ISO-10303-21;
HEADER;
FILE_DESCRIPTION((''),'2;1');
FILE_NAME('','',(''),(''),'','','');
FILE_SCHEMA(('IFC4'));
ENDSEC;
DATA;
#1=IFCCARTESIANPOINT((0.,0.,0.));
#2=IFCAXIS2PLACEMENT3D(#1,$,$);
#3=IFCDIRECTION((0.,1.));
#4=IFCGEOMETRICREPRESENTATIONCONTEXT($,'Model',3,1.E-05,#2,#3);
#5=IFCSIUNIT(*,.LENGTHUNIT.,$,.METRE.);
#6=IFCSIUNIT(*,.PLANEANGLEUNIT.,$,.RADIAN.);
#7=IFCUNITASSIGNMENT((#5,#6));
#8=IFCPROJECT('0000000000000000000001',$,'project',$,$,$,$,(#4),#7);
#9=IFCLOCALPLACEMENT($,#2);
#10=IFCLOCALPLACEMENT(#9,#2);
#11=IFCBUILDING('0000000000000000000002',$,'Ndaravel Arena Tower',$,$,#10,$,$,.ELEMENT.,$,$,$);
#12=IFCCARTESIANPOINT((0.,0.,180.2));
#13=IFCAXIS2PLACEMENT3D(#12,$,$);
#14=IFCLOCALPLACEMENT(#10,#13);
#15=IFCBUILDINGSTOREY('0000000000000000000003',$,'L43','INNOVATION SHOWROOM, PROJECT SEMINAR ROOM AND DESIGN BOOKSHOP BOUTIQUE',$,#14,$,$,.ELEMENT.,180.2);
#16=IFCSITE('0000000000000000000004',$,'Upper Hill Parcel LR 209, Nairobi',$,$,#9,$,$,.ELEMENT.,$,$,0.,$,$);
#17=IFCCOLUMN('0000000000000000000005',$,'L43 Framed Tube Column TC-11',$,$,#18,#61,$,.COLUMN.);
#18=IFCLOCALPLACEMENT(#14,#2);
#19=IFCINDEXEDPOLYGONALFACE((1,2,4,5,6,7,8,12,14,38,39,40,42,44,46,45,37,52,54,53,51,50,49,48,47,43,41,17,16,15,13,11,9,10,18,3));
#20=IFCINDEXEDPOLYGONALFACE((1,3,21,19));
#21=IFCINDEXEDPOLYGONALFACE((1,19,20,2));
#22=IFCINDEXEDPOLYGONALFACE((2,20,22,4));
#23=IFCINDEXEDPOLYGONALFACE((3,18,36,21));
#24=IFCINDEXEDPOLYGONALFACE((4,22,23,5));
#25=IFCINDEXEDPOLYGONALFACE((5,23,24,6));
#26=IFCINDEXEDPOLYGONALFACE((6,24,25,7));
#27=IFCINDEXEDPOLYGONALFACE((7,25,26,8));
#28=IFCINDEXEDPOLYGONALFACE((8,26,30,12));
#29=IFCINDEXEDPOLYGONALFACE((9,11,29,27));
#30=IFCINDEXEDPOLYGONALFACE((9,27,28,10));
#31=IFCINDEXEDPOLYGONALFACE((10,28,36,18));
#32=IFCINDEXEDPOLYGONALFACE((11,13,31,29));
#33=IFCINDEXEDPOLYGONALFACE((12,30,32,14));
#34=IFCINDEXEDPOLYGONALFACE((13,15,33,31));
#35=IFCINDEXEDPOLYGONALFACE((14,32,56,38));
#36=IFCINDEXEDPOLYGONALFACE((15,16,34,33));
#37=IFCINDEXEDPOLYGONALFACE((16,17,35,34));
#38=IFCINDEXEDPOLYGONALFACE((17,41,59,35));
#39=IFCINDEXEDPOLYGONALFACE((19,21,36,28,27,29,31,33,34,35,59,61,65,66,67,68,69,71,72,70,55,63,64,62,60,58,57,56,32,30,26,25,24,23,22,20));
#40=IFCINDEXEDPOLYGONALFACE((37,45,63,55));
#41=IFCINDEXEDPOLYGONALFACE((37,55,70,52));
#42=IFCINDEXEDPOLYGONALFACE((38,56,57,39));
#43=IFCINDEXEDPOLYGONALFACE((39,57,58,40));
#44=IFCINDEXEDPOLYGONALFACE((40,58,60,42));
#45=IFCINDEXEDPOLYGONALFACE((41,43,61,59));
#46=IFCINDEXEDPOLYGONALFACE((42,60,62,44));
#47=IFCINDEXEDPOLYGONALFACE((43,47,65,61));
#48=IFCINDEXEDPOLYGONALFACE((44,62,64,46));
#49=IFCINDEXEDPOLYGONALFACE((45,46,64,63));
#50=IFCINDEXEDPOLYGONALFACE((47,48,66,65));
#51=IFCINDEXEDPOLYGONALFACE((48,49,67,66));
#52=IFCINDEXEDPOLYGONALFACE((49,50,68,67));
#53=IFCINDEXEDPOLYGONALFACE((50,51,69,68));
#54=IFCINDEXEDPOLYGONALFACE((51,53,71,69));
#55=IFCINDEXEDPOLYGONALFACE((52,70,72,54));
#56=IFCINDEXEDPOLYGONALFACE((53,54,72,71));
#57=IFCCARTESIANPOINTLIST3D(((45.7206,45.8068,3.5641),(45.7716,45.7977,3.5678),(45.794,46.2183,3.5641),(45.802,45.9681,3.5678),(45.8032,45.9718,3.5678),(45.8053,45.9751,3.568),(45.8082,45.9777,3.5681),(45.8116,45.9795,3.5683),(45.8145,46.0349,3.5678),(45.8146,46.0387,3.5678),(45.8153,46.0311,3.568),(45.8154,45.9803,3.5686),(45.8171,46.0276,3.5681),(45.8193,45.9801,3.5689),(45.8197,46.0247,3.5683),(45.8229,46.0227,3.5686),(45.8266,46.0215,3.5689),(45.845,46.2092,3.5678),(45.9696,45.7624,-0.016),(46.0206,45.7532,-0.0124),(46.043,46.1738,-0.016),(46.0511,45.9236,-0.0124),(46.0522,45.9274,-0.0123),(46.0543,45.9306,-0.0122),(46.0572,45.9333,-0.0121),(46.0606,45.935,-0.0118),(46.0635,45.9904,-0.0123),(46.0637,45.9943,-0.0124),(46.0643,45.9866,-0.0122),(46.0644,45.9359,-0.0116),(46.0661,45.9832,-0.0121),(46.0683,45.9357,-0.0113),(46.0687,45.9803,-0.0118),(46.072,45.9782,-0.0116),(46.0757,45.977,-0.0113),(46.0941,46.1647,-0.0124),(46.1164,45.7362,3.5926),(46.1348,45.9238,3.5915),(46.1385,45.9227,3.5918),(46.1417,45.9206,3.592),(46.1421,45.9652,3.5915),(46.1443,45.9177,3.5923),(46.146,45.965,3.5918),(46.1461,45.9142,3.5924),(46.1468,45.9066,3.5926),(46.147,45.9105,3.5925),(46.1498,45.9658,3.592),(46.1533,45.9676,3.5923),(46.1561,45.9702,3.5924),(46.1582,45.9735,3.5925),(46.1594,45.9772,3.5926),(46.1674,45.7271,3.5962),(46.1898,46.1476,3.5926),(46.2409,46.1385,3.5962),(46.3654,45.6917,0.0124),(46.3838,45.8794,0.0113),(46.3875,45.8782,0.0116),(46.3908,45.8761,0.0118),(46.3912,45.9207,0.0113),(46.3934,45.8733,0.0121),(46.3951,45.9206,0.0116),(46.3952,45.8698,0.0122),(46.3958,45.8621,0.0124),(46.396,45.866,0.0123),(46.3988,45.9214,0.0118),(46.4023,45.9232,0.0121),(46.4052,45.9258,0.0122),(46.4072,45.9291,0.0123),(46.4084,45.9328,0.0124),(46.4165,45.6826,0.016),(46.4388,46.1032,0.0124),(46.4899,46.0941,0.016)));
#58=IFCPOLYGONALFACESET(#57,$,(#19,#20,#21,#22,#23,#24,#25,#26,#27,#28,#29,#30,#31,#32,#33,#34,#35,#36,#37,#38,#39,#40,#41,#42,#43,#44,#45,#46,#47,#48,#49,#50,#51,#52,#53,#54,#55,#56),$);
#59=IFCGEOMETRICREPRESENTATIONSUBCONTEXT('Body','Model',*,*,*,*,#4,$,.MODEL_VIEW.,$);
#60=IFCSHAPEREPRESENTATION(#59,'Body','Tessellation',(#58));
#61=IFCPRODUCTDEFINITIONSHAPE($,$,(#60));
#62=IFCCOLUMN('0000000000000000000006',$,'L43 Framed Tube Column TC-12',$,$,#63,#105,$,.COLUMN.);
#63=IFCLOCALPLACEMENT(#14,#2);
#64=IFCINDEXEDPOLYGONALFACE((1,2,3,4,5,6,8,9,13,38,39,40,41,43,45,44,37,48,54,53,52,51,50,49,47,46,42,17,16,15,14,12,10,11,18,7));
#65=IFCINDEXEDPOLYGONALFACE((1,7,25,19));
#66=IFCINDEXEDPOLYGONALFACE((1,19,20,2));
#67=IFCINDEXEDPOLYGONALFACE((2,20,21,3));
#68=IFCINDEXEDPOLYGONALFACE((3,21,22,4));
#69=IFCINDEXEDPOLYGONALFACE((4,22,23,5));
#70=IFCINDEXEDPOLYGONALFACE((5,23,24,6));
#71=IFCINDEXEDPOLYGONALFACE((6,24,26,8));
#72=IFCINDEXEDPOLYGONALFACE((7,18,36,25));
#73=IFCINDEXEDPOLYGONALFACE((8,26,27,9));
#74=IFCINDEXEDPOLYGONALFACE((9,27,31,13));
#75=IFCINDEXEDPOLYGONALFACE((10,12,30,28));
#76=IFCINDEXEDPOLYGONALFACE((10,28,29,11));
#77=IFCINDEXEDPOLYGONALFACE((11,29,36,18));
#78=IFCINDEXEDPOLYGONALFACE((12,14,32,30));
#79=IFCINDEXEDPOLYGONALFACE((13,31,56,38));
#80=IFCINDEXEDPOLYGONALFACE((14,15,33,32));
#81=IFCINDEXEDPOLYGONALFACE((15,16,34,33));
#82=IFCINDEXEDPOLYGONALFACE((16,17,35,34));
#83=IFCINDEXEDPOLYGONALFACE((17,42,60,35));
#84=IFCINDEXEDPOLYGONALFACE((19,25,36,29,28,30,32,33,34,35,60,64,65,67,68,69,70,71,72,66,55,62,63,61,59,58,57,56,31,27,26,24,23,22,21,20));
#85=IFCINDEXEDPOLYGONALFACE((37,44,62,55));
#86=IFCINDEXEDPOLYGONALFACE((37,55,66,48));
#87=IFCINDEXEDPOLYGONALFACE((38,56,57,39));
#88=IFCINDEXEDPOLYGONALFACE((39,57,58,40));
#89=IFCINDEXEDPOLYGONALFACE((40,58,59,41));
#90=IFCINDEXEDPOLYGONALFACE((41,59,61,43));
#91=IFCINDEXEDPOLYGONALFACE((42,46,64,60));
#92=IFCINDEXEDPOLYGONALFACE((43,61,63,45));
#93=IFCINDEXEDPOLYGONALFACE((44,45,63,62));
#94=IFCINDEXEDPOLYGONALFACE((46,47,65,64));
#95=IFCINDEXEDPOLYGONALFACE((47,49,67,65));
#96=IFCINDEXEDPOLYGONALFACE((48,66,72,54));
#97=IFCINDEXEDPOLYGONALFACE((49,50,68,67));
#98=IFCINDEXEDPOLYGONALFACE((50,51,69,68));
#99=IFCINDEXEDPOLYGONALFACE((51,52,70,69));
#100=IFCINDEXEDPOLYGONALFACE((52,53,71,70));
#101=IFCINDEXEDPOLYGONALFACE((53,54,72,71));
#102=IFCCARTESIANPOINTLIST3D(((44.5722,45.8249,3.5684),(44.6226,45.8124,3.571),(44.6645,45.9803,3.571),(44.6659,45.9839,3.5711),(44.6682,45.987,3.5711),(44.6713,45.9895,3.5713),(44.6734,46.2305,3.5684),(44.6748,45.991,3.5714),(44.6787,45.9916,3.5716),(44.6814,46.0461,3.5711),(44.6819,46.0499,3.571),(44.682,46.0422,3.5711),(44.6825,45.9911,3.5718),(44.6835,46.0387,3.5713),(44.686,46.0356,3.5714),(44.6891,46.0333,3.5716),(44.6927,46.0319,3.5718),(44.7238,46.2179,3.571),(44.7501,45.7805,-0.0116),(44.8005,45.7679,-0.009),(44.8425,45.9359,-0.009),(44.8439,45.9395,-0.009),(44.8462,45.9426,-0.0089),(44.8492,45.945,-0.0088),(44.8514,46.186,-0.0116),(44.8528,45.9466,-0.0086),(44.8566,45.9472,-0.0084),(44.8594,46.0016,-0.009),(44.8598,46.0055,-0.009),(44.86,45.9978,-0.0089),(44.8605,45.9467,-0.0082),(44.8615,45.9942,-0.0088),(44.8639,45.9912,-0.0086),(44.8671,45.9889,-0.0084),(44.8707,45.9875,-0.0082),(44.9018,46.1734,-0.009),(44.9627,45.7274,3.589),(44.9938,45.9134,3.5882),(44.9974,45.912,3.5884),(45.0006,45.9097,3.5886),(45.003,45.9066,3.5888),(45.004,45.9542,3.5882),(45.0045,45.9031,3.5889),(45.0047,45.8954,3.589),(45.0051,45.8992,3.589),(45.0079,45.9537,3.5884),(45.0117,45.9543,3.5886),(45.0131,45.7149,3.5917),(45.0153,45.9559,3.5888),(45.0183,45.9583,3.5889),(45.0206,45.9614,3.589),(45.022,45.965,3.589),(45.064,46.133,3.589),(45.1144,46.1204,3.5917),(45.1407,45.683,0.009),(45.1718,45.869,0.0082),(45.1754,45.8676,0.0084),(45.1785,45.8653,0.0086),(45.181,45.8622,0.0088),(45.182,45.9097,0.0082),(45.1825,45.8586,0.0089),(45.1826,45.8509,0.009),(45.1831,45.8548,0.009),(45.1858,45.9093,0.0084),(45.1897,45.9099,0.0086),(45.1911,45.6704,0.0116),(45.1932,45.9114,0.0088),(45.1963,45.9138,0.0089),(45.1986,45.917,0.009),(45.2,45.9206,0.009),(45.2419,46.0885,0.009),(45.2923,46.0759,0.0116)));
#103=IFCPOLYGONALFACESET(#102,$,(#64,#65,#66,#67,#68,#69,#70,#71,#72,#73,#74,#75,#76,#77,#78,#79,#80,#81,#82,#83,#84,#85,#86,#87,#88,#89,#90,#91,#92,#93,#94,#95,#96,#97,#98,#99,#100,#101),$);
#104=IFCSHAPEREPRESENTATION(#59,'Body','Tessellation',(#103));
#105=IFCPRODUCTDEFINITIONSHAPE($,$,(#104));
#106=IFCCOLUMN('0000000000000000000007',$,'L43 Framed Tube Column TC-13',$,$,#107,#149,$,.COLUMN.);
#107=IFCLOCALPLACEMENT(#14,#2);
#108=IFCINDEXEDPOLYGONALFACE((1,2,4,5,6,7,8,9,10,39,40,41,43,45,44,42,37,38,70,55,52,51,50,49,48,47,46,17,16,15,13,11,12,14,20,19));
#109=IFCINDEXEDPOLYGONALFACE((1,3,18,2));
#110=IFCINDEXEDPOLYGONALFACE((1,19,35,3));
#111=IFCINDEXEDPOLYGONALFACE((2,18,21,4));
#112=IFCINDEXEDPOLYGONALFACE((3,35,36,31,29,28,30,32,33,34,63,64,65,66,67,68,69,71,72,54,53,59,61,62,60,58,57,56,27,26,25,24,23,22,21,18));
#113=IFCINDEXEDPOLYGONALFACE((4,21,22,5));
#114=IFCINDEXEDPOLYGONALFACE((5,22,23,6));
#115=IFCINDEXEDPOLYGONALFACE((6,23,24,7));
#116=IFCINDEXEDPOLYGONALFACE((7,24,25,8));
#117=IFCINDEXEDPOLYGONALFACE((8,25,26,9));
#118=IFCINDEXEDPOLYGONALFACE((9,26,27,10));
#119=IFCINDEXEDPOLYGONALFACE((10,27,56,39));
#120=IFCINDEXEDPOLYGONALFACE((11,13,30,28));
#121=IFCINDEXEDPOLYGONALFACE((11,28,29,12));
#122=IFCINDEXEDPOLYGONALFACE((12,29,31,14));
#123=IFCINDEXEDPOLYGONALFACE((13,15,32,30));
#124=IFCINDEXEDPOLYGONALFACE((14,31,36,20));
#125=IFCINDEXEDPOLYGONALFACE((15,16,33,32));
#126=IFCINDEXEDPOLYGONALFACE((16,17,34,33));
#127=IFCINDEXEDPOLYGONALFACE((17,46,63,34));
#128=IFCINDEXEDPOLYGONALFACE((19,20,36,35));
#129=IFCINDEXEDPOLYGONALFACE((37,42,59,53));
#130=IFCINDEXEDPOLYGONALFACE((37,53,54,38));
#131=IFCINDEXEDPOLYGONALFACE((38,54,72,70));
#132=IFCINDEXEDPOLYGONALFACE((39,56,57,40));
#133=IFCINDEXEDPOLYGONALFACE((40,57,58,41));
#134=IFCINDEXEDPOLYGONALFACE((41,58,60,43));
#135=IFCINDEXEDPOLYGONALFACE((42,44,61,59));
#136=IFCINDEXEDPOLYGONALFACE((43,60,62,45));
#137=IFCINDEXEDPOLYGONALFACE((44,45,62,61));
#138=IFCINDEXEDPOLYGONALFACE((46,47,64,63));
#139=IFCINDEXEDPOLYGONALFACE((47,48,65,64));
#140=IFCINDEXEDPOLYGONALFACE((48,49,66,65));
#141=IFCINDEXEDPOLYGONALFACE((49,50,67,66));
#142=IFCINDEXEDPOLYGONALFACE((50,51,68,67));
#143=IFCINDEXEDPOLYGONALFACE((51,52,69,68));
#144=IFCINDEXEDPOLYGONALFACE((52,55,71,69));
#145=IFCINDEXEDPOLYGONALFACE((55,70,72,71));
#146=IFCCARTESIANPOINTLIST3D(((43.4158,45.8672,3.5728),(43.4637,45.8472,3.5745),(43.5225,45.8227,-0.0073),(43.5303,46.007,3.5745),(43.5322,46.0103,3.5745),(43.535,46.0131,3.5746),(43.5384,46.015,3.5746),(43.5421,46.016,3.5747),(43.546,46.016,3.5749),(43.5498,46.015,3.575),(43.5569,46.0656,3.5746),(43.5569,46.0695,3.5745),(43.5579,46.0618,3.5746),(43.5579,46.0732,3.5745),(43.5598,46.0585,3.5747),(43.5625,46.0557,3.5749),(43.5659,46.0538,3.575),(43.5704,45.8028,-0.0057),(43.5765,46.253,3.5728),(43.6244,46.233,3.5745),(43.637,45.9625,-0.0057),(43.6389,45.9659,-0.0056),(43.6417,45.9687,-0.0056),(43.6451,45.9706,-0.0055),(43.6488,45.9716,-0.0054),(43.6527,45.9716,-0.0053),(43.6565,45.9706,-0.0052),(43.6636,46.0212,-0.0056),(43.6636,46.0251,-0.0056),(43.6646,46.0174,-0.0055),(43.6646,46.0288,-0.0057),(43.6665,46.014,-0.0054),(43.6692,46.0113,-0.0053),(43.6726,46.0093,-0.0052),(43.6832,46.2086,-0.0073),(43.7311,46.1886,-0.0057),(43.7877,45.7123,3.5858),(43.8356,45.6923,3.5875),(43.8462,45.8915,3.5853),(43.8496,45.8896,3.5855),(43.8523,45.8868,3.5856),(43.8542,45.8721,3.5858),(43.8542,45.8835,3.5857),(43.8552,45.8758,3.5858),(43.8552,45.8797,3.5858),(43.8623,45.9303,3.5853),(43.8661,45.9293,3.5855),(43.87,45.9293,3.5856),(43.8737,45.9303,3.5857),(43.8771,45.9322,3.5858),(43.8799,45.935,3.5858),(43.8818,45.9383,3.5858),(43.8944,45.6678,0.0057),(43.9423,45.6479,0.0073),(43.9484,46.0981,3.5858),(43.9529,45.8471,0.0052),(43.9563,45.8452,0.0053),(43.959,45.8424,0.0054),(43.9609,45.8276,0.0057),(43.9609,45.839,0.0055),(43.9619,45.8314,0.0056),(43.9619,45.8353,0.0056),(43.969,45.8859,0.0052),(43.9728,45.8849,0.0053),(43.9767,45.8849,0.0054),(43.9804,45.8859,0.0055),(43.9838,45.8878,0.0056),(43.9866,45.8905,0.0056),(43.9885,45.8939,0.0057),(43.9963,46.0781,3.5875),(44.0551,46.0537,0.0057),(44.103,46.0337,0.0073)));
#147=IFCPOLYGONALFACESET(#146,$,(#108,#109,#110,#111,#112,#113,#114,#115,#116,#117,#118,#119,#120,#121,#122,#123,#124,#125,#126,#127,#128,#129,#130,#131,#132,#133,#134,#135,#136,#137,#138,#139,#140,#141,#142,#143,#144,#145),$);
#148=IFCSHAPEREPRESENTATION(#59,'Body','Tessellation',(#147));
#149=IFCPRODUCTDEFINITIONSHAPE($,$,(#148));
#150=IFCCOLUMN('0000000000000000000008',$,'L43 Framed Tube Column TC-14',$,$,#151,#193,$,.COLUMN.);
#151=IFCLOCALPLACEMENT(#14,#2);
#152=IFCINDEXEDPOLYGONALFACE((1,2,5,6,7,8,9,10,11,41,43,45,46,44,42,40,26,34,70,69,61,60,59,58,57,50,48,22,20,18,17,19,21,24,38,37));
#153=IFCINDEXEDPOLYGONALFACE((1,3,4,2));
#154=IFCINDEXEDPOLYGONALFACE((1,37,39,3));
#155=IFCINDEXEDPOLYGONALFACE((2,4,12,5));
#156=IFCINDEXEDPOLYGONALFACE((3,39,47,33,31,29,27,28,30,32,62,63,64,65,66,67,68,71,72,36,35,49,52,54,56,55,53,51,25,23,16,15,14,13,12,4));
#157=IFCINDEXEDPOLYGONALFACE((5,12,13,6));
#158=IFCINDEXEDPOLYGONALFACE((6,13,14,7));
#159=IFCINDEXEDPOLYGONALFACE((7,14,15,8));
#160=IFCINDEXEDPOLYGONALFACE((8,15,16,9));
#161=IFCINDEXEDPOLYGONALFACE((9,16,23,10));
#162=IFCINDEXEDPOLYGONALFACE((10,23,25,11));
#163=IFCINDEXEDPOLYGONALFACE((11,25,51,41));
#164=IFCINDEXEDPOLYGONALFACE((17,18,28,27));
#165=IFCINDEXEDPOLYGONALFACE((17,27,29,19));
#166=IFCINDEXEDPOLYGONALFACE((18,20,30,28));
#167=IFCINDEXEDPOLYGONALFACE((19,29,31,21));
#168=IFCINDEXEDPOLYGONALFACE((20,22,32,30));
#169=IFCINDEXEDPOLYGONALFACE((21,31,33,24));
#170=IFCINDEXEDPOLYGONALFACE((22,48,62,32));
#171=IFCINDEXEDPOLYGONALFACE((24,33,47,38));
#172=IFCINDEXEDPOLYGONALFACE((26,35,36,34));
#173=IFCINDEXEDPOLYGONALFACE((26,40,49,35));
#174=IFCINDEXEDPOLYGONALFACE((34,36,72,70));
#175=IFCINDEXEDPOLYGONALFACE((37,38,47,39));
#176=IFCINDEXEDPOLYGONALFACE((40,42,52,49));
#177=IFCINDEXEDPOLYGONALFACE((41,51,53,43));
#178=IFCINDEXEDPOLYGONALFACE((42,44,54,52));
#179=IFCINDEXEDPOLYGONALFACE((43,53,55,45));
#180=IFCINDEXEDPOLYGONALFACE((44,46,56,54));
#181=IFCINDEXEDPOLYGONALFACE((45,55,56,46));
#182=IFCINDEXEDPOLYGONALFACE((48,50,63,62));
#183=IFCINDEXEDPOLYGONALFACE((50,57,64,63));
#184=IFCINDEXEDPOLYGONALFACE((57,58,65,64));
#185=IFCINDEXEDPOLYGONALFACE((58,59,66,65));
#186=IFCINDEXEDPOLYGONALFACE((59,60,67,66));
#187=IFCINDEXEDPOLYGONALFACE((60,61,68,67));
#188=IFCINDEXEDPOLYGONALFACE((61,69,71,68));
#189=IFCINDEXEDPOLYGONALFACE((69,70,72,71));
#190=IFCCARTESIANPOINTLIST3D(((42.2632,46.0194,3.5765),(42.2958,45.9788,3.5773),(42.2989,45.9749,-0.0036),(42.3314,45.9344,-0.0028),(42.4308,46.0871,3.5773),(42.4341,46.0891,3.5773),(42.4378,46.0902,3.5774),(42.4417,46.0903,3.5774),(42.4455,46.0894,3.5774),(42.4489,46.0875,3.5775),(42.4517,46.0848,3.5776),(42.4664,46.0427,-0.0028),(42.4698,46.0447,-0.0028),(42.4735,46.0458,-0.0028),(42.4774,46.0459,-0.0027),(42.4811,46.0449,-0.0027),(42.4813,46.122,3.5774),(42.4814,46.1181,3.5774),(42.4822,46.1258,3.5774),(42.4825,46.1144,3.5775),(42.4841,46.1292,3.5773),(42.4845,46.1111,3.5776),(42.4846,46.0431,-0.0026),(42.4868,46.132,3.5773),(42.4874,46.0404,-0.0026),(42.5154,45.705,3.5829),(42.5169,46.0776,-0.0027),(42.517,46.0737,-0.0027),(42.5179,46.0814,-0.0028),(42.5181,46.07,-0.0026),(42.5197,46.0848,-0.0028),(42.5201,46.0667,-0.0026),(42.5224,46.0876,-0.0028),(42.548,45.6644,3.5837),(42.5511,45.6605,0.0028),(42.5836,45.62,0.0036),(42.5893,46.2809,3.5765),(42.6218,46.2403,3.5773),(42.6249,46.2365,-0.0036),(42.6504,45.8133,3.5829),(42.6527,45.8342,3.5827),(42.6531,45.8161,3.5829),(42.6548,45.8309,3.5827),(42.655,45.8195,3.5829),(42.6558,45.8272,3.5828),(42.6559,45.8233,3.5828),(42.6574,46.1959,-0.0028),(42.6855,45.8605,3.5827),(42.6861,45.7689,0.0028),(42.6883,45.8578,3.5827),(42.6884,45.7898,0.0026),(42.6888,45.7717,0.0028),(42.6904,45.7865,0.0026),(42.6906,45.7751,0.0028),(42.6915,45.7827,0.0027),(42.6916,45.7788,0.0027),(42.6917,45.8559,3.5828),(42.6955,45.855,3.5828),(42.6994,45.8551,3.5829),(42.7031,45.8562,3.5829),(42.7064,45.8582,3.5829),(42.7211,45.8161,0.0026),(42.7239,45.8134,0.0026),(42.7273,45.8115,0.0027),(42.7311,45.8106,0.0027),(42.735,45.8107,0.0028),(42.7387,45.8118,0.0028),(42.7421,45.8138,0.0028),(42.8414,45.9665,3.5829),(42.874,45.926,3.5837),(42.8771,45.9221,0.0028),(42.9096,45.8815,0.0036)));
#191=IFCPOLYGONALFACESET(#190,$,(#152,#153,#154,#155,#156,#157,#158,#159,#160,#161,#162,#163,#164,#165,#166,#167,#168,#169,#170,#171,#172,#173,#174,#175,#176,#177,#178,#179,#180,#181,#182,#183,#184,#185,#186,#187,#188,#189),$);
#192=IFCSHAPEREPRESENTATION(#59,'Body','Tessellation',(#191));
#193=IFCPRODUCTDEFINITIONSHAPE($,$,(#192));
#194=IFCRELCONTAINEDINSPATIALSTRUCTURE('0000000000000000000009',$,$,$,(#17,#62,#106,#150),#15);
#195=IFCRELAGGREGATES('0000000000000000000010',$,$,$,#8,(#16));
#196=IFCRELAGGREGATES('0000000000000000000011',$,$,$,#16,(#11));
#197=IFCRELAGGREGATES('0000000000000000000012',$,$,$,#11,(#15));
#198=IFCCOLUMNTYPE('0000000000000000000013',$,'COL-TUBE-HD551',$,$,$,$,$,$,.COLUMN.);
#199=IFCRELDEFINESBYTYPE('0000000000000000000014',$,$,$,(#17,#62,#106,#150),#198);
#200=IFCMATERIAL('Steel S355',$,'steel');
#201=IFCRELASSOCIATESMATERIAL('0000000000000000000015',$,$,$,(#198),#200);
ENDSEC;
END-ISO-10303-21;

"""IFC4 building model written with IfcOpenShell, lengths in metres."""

from ifc_helpers import new_model, si_unit, direction, frame, origin, origin_2d, place, context, subcontext, project, spatial, i_section, extrude, material, material_profile, profile_set, type_object, element, save


model = new_model("IFC4")

# Units and contexts
model_context = context("Model", 3, precision=1e-05, world=origin(), true_north=direction((0.0, 1.0)))
body_context = subcontext(model_context, "Body", "Model", "MODEL_VIEW")
ifc_project = project(units=[si_unit("LENGTHUNIT", "METRE"), si_unit("PLANEANGLEUNIT", "RADIAN")], contexts=[model_context])

# Site, building, storey
site_placement = place(None, origin())
site = spatial("IfcSite", under=ifc_project, at=site_placement, Name="Upper Hill Parcel LR 209, Nairobi", CompositionType="ELEMENT", RefElevation=0.0)
building_placement = place(site_placement, origin())
building = spatial("IfcBuilding", under=site, at=building_placement, Name="Ndaravel Arena Tower", CompositionType="ELEMENT")
storey_placement = place(building_placement, frame((0.0, 0.0, 180.2)))
storey = spatial("IfcBuildingStorey", under=building, at=storey_placement, Name="L43", Description="INNOVATION SHOWROOM, PROJECT SEMINAR ROOM AND DESIGN BOOKSHOP BOUTIQUE", CompositionType="ELEMENT", Elevation=180.2)

# Columns
ifc_material_1 = material(Name="Steel S355", Category="steel")
ifc_material_profile_1 = material_profile(ifc_material_1, i_section(OverallWidth=0.418, OverallDepth=0.4551, WebThickness=0.042, FlangeThickness=0.052, FilletRadius=0.0149, at=origin_2d()), Name="HD 400x551")
ifc_profile_set_1 = profile_set([ifc_material_profile_1], Name="Steel S355")
column_type = type_object("IfcColumnType", Name="COL-TUBE-HD551", PredefinedType="COLUMN", material=ifc_profile_set_1)
column_1_placement = place(storey_placement, frame((46.2297, 45.9282, 0.0), z_axis=(-0.069385, 0.01238, 0.997513), x_axis=(-0.175657, -0.984451, 0.0)))
element("IfcColumn", 1, at=column_1_placement, inside=storey, type_object=column_type, Name="L43 Framed Tube Column TC-11", PredefinedType="COLUMN", context=body_context, shape_type="SweptSolid", body=[
    extrude(i_section(OverallWidth=0.418, OverallDepth=0.4551, WebThickness=0.042, FlangeThickness=0.052, FilletRadius=0.0149, at=origin_2d()), origin(), (0.0, 0.0, 1.0), 3.5891),
])
column_2_placement = place(storey_placement, frame((45.0212, 45.9282, 0.0), z_axis=(-0.049648, 0.012395, 0.99869), x_axis=(-0.242222, -0.970221, 0.0)))
element("IfcColumn", 2, at=column_2_placement, inside=storey, type_object=column_type, Name="L43 Framed Tube Column TC-12", PredefinedType="COLUMN", context=body_context, shape_type="SweptSolid", body=[
    extrude(i_section(OverallWidth=0.418, OverallDepth=0.4551, WebThickness=0.042, FlangeThickness=0.052, FilletRadius=0.0149, at=origin_2d()), origin(), (0.0, 0.0, 1.0), 3.5847),
])
column_3_placement = place(storey_placement, frame((43.8127, 45.9282, 0.0), z_axis=(-0.029785, 0.012405, 0.999479), x_axis=(-0.384465, -0.923139, 0.0)))
element("IfcColumn", 3, at=column_3_placement, inside=storey, type_object=column_type, Name="L43 Framed Tube Column TC-13", PredefinedType="COLUMN", context=body_context, shape_type="SweptSolid", body=[
    extrude(i_section(OverallWidth=0.418, OverallDepth=0.4551, WebThickness=0.042, FlangeThickness=0.052, FilletRadius=0.0149, at=origin_2d()), origin(), (0.0, 0.0, 1.0), 3.582),
])
column_4_placement = place(storey_placement, frame((42.6042, 45.9282, 0.0), z_axis=(-0.009955, 0.01241, 0.999873), x_axis=(-0.780032, -0.62574, 0.0)))
element("IfcColumn", 4, at=column_4_placement, inside=storey, type_object=column_type, Name="L43 Framed Tube Column TC-14", PredefinedType="COLUMN", context=body_context, shape_type="SweptSolid", body=[
    extrude(i_section(OverallWidth=0.418, OverallDepth=0.4551, WebThickness=0.042, FlangeThickness=0.052, FilletRadius=0.0149, at=origin_2d()), origin(), (0.0, 0.0, 1.0), 3.5806),
])

save(model, "model.ifc")
